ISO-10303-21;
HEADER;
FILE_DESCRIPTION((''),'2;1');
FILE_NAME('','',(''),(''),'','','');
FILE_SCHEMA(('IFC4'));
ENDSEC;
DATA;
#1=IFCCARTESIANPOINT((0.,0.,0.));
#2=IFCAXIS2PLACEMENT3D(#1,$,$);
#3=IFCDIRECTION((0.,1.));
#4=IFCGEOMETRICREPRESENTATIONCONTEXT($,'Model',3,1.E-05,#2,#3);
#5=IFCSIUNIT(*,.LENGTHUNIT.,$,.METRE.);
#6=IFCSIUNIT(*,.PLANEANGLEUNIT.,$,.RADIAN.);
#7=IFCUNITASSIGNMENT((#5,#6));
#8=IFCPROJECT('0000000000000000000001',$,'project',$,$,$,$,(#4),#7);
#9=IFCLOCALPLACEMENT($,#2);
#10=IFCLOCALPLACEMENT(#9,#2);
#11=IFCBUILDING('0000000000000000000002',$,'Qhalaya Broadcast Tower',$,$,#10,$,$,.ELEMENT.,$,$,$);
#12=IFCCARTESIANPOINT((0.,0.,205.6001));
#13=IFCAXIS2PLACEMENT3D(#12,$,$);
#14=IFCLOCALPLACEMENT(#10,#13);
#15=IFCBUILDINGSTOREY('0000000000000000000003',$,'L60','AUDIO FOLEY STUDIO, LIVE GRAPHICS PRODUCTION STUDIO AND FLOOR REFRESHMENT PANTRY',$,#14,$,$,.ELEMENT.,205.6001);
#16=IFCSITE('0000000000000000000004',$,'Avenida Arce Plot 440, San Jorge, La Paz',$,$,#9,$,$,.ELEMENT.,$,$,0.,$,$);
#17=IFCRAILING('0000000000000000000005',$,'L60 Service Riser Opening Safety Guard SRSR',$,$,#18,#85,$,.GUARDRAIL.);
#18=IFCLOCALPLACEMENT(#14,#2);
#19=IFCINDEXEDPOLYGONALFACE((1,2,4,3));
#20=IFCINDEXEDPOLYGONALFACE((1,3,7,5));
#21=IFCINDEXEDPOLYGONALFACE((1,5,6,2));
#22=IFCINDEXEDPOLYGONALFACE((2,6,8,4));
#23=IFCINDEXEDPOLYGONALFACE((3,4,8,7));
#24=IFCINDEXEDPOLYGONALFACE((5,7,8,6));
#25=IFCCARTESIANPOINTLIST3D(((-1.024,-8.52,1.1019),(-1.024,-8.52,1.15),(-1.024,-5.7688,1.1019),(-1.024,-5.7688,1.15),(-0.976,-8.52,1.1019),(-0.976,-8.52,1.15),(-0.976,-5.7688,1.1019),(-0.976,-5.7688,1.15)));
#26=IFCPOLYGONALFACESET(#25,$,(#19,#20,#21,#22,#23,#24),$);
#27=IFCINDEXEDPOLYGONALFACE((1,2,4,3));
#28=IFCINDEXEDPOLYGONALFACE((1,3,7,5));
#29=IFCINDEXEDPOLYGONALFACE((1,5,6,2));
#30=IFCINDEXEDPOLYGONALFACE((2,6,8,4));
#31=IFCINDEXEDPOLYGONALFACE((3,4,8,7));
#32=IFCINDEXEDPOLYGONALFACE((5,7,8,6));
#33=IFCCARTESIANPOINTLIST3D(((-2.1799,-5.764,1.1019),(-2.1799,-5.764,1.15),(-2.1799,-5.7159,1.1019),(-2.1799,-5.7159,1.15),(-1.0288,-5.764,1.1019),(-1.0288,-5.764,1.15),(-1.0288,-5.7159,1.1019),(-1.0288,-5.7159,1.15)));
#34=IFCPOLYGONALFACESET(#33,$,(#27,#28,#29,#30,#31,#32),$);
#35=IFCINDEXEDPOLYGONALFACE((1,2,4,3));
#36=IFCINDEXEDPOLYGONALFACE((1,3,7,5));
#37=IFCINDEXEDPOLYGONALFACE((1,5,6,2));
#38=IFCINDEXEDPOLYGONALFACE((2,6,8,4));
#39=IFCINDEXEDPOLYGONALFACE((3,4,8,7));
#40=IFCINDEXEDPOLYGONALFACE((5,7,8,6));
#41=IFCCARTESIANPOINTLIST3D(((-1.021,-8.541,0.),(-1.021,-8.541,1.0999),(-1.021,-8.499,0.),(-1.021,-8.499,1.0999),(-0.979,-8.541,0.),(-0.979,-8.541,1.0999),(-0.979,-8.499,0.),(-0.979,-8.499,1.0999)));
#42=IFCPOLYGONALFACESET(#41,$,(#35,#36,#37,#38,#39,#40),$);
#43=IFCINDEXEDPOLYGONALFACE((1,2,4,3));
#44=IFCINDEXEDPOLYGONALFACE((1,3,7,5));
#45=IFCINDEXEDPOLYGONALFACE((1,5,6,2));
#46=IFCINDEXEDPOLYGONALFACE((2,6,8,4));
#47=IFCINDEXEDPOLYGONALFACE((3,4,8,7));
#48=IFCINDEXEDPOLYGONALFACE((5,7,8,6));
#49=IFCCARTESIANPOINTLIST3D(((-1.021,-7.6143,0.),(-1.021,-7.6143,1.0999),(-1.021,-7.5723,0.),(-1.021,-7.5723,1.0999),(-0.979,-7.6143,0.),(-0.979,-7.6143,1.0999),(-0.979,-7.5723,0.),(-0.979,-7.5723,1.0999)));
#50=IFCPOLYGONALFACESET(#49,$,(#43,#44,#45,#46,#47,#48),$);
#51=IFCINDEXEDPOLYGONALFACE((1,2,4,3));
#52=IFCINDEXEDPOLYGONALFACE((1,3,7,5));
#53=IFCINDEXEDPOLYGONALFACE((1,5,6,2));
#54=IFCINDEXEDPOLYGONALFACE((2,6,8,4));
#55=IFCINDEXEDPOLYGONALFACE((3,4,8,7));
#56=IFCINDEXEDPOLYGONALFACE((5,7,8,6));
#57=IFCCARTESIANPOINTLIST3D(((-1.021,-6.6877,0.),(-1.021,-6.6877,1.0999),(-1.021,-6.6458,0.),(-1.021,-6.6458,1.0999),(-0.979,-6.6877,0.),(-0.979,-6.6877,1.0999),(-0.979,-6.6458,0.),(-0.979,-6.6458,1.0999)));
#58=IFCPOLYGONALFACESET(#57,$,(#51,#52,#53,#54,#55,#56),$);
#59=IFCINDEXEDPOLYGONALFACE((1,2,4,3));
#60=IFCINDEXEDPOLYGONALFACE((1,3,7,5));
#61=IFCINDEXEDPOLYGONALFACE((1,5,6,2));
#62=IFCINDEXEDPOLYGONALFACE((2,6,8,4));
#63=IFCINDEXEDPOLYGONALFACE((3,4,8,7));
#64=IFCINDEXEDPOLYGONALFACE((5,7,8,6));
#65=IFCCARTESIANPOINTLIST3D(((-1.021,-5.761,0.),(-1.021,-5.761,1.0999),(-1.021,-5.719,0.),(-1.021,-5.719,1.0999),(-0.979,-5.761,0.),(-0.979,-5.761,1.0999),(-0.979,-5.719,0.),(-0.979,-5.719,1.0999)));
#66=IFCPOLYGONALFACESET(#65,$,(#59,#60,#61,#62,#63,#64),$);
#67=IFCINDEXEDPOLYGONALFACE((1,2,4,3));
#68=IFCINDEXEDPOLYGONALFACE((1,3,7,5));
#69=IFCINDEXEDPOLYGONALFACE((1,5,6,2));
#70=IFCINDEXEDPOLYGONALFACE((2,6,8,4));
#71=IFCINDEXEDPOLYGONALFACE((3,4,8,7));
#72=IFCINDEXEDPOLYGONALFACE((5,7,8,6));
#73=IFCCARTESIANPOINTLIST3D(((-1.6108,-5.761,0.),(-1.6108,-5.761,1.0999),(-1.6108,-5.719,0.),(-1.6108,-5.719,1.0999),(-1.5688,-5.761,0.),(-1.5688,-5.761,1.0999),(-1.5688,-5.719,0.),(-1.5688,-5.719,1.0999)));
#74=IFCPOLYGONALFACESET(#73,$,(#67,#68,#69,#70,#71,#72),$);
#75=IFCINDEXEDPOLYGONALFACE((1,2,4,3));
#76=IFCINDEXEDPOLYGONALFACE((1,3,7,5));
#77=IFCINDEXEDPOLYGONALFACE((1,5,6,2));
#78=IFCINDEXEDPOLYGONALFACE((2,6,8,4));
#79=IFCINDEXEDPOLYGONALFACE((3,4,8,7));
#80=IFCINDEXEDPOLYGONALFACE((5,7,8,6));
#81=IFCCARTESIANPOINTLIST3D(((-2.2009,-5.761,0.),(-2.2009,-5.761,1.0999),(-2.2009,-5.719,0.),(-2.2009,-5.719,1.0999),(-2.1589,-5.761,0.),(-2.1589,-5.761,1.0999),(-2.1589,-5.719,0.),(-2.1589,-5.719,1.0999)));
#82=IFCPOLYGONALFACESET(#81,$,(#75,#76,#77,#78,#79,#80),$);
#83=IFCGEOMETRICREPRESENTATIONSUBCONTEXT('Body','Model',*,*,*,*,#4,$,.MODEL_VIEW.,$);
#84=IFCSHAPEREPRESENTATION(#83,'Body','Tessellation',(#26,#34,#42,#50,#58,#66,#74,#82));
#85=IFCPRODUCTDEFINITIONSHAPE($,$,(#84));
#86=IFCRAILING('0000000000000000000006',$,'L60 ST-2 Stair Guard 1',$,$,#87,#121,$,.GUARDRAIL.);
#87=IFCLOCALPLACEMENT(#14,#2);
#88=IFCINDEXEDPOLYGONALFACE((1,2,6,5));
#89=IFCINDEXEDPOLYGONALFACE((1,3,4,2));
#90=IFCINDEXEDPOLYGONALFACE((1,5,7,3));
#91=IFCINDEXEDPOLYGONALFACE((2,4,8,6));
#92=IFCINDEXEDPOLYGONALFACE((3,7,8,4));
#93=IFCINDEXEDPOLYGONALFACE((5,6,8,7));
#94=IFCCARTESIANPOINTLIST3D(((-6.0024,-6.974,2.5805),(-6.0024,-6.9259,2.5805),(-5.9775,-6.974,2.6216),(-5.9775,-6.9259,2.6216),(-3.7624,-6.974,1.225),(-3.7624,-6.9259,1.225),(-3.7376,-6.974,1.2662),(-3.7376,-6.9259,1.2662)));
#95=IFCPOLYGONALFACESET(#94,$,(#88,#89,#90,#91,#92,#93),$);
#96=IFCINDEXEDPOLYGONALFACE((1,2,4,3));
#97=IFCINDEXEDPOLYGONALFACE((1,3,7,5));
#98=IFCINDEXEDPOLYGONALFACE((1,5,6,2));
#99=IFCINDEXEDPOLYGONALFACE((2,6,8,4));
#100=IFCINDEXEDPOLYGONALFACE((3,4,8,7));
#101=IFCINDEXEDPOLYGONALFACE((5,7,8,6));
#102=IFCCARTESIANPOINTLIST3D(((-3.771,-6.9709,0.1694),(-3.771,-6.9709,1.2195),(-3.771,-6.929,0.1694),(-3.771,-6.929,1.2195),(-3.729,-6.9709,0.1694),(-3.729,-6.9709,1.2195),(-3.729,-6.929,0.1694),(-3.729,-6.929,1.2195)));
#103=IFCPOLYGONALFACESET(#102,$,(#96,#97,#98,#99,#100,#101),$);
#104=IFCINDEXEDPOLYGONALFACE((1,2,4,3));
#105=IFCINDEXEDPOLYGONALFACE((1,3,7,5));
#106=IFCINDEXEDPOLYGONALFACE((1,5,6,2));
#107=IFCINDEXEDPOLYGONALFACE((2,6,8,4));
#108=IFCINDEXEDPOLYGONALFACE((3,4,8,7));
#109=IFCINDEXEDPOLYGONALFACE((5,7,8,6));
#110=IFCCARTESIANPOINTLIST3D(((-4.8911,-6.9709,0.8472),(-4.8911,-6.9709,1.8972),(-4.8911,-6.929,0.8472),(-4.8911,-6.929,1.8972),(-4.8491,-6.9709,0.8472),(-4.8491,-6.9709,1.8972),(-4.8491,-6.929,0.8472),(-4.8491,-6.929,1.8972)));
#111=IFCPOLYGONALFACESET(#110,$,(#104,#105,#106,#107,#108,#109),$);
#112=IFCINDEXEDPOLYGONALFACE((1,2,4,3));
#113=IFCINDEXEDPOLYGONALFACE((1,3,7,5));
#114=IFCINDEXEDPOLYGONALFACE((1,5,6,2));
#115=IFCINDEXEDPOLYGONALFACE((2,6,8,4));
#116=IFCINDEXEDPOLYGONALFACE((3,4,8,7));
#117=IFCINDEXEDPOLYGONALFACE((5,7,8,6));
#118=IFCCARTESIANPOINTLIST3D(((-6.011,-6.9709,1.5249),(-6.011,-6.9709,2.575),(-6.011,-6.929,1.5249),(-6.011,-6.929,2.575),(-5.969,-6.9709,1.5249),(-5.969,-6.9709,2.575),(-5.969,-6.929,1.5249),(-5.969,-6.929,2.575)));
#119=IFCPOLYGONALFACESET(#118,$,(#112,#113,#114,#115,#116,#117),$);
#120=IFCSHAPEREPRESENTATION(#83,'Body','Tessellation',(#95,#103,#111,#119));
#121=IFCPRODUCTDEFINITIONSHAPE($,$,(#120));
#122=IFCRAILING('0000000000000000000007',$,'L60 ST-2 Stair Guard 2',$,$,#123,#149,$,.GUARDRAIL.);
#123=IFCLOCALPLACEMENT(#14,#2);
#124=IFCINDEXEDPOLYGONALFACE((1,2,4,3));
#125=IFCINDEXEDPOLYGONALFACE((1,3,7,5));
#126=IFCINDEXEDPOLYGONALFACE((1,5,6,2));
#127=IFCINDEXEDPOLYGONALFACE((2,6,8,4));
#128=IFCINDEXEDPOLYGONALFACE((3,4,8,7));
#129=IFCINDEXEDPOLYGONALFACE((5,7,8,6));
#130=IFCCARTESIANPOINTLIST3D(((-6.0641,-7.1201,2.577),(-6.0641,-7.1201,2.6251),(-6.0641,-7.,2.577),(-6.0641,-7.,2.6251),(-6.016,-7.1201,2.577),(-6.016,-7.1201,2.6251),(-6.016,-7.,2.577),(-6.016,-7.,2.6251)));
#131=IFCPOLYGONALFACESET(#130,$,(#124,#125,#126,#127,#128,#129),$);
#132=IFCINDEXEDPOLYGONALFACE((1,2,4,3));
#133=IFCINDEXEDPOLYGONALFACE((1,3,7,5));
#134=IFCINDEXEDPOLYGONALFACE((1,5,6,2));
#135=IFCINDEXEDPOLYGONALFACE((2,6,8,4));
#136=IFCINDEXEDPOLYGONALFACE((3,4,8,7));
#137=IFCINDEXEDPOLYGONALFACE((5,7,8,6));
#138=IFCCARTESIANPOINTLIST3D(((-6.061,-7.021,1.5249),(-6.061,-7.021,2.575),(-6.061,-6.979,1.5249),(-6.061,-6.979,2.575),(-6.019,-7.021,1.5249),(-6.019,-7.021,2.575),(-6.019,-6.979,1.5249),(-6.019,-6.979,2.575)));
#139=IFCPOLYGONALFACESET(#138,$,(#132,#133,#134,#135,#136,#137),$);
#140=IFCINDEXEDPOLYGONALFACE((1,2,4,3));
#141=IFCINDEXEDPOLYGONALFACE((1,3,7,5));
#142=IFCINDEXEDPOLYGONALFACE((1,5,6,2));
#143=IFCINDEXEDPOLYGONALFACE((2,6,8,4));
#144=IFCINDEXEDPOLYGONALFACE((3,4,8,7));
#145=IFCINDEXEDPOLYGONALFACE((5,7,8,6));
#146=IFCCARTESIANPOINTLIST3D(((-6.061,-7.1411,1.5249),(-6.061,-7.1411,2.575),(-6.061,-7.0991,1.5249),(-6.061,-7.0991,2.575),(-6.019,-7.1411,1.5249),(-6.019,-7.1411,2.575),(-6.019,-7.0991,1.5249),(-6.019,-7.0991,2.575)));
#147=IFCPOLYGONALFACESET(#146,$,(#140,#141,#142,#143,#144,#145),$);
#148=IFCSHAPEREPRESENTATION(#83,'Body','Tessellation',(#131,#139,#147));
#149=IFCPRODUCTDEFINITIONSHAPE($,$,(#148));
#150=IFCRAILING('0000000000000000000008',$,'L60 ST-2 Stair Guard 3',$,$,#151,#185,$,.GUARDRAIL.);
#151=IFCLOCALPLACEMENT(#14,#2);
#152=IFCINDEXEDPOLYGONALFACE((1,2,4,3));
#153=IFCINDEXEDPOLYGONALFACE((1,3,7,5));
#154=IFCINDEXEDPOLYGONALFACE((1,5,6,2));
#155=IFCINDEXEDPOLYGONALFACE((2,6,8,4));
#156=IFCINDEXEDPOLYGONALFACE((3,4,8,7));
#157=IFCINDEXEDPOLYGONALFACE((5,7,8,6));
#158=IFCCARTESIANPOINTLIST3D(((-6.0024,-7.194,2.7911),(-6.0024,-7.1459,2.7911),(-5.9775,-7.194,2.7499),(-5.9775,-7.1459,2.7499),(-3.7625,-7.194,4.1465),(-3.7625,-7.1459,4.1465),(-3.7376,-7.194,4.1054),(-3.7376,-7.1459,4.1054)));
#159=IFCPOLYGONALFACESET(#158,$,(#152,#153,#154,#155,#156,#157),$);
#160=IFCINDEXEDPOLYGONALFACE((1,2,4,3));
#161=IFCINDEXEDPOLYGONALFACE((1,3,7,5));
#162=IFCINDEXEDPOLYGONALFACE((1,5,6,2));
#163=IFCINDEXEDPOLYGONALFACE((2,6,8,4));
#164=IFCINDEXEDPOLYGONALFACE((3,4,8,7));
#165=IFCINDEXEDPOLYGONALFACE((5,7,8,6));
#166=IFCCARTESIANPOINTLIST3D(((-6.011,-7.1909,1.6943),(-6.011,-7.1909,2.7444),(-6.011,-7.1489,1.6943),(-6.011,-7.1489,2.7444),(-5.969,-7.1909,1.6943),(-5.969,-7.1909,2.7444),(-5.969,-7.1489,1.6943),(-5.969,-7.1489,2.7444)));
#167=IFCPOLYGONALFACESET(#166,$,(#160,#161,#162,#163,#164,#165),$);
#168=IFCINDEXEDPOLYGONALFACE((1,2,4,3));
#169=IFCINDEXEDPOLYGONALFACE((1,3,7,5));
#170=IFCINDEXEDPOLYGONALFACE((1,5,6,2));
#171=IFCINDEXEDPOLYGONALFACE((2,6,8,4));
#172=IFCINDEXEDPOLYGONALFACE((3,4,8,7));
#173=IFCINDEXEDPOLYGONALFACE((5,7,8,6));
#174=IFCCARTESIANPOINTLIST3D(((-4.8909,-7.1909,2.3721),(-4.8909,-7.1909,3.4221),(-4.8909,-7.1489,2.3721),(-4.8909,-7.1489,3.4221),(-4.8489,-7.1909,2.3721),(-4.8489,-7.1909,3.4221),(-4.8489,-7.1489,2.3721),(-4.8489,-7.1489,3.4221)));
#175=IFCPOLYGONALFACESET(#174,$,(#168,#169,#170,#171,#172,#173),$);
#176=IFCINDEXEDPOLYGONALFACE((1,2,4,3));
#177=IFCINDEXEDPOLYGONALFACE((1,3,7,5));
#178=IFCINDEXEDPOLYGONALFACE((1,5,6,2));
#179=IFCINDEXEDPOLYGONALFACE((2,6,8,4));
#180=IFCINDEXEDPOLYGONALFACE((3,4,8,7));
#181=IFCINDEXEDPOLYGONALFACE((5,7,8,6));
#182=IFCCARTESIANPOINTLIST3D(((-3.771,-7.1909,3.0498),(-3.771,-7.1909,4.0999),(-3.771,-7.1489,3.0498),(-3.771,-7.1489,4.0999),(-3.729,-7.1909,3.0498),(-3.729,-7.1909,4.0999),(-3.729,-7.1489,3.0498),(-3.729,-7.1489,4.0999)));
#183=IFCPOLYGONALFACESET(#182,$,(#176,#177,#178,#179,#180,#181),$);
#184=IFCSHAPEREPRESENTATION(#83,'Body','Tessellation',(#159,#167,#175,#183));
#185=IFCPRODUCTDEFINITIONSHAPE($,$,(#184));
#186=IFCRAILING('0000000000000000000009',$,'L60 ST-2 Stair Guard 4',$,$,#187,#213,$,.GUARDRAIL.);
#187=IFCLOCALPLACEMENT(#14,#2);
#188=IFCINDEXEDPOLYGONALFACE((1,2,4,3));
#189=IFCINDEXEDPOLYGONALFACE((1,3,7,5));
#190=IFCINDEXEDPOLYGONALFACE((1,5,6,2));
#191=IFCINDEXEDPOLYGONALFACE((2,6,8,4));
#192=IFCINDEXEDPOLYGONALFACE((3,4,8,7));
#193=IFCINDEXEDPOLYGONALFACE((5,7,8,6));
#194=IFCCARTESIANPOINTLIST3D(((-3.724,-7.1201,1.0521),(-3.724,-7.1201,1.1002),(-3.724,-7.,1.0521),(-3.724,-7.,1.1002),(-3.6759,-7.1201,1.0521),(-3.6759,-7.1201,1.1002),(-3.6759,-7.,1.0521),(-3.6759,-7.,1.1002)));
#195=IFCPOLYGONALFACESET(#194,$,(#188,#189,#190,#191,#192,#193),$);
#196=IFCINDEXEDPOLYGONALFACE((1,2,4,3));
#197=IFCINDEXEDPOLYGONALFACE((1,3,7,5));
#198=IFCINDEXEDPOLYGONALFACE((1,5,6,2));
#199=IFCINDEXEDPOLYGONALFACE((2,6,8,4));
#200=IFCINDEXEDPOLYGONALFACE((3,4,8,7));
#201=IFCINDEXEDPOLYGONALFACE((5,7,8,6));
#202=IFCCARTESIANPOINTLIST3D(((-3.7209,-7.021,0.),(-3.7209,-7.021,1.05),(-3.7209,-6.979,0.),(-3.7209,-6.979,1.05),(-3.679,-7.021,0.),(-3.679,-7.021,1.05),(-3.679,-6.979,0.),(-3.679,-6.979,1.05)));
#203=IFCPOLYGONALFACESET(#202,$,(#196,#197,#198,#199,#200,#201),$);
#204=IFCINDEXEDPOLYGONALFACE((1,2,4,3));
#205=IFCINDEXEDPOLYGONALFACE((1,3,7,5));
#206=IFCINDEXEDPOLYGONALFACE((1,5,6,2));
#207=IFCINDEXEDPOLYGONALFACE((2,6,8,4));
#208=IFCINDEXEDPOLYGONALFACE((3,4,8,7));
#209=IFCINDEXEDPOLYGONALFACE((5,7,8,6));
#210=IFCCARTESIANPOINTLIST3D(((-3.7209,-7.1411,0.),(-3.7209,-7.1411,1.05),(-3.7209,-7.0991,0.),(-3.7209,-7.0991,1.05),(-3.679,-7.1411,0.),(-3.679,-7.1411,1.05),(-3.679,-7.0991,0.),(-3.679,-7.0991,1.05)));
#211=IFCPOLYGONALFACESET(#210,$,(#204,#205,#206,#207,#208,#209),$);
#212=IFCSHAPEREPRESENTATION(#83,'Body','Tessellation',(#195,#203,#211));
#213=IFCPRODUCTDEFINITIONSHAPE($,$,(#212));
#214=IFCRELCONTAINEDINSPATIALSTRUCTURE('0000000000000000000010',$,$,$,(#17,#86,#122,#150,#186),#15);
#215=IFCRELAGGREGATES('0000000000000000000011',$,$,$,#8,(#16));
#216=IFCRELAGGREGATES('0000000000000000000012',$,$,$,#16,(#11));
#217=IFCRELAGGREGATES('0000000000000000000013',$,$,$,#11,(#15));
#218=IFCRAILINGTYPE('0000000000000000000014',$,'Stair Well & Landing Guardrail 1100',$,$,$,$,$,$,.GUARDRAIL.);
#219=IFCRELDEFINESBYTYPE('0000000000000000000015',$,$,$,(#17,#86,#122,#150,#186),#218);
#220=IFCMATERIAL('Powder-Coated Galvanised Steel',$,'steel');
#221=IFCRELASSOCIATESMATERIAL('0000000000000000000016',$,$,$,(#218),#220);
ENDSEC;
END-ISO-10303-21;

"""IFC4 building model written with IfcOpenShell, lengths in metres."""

from ifc_helpers import new_model, si_unit, direction, frame, origin, origin_2d, place, context, subcontext, project, spatial, rectangle, extrude, material, type_object, element, save


model = new_model("IFC4")

# Units and contexts
model_context = context("Model", 3, precision=1e-05, world=origin(), true_north=direction((0.0, 1.0)))
body_context = subcontext(model_context, "Body", "Model", "MODEL_VIEW")
ifc_project = project(units=[si_unit("LENGTHUNIT", "METRE"), si_unit("PLANEANGLEUNIT", "RADIAN")], contexts=[model_context])

# Site, building, storey
site_placement = place(None, origin())
site = spatial("IfcSite", under=ifc_project, at=site_placement, Name="Avenida Arce Plot 440, San Jorge, La Paz", CompositionType="ELEMENT", RefElevation=0.0)
building_placement = place(site_placement, origin())
building = spatial("IfcBuilding", under=site, at=building_placement, Name="Qhalaya Broadcast Tower", CompositionType="ELEMENT")
storey_placement = place(building_placement, frame((0.0, 0.0, 205.6001)))
storey = spatial("IfcBuildingStorey", under=building, at=storey_placement, Name="L60", Description="AUDIO FOLEY STUDIO, LIVE GRAPHICS PRODUCTION STUDIO AND FLOOR REFRESHMENT PANTRY", CompositionType="ELEMENT", Elevation=205.6001)

# Railings
ifc_material_1 = material(Name="Powder-Coated Galvanised Steel", Category="steel")
railing_type_1 = type_object("IfcRailingType", Name="Stair Well & Landing Guardrail 1100", PredefinedType="GUARDRAIL", material=ifc_material_1)
railing_1_placement = place(storey_placement, frame((-1.0, -8.52, 0.0)))
element("IfcRailing", 1, at=railing_1_placement, inside=storey, type_object=railing_type_1, Name="L60 Service Riser Opening Safety Guard SRSR", PredefinedType="GUARDRAIL", context=body_context, shape_type="SweptSolid", body=[
    extrude(rectangle(XDim=0.0481, YDim=0.0481, at=origin_2d()), frame((0.0, 0.0, 1.126), z_axis=(0.0, 1.0, 0.0), x_axis=(-1.0, 0.0, 0.0)), (0.0, 0.0, 1.0), 2.7512),
    extrude(rectangle(XDim=0.0481, YDim=0.0481, at=origin_2d()), frame((-0.0288, 2.78, 1.126), z_axis=(-1.0, 0.0, 0.0), x_axis=(0.0, -1.0, 0.0)), (0.0, 0.0, 1.0), 1.1511),
    extrude(rectangle(XDim=0.042, YDim=0.042, at=origin_2d()), origin(), (0.0, 0.0, 1.0), 1.0999),
    extrude(rectangle(XDim=0.042, YDim=0.042, at=origin_2d()), frame((0.0, 0.9268, 0.0)), (0.0, 0.0, 1.0), 1.0999),
    extrude(rectangle(XDim=0.042, YDim=0.042, at=origin_2d()), frame((0.0, 1.8533, 0.0)), (0.0, 0.0, 1.0), 1.0999),
    extrude(rectangle(XDim=0.042, YDim=0.042, at=origin_2d()), frame((0.0, 2.78, 0.0)), (0.0, 0.0, 1.0), 1.0999),
    extrude(rectangle(XDim=0.042, YDim=0.042, at=origin_2d()), frame((-0.5898, 2.78, 0.0)), (0.0, 0.0, 1.0), 1.0999),
    extrude(rectangle(XDim=0.042, YDim=0.042, at=origin_2d()), frame((-1.1799, 2.78, 0.0)), (0.0, 0.0, 1.0), 1.0999),
])
railing_2_placement = place(storey_placement, frame((-3.75, -6.95, 0.1694)))
element("IfcRailing", 2, at=railing_2_placement, inside=storey, type_object=railing_type_1, Name="L60 ST-2 Stair Guard 1", PredefinedType="GUARDRAIL", context=body_context, shape_type="SweptSolid", body=[
    extrude(rectangle(XDim=0.0481, YDim=0.0481, at=origin_2d()), frame((0.0, 0.0, 1.0762), z_axis=(-0.855553, 0.0, 0.517715), x_axis=(0.0, -1.0, 0.0)), (0.0, 0.0, 1.0), 2.6182),
    extrude(rectangle(XDim=0.042, YDim=0.042, at=origin_2d()), origin(), (0.0, 0.0, 1.0), 1.05),
    extrude(rectangle(XDim=0.042, YDim=0.042, at=origin_2d()), frame((-1.1201, 0.0, 0.6777)), (0.0, 0.0, 1.0), 1.05),
    extrude(rectangle(XDim=0.042, YDim=0.042, at=origin_2d()), frame((-2.24, 0.0, 1.3555)), (0.0, 0.0, 1.0), 1.05),
])
railing_3_placement = place(storey_placement, frame((-6.04, -7.0, 1.5249)))
element("IfcRailing", 3, at=railing_3_placement, inside=storey, type_object=railing_type_1, Name="L60 ST-2 Stair Guard 2", PredefinedType="GUARDRAIL", context=body_context, shape_type="SweptSolid", body=[
    extrude(rectangle(XDim=0.0481, YDim=0.0481, at=origin_2d()), frame((0.0, 0.0, 1.0762), z_axis=(0.0, -1.0, 0.0), x_axis=(1.0, 0.0, 0.0)), (0.0, 0.0, 1.0), 0.1201),
    extrude(rectangle(XDim=0.042, YDim=0.042, at=origin_2d()), origin(), (0.0, 0.0, 1.0), 1.05),
    extrude(rectangle(XDim=0.042, YDim=0.042, at=origin_2d()), frame((0.0, -0.1201, 0.0)), (0.0, 0.0, 1.0), 1.05),
])
railing_4_placement = place(storey_placement, frame((-5.99, -7.1699, 1.6943)))
element("IfcRailing", 4, at=railing_4_placement, inside=storey, type_object=railing_type_1, Name="L60 ST-2 Stair Guard 3", PredefinedType="GUARDRAIL", context=body_context, shape_type="SweptSolid", body=[
    extrude(rectangle(XDim=0.0481, YDim=0.0481, at=origin_2d()), frame((0.0, 0.0, 1.0762), z_axis=(0.855553, 0.0, 0.517715), x_axis=(0.0, 1.0, 0.0)), (0.0, 0.0, 1.0), 2.6182),
    extrude(rectangle(XDim=0.042, YDim=0.042, at=origin_2d()), origin(), (0.0, 0.0, 1.0), 1.05),
    extrude(rectangle(XDim=0.042, YDim=0.042, at=origin_2d()), frame((1.1201, 0.0, 0.6777)), (0.0, 0.0, 1.0), 1.05),
    extrude(rectangle(XDim=0.042, YDim=0.042, at=origin_2d()), frame((2.24, 0.0, 1.3555)), (0.0, 0.0, 1.0), 1.05),
])
railing_5_placement = place(storey_placement, frame((-3.7, -7.0, 0.0)))
element("IfcRailing", 5, at=railing_5_placement, inside=storey, type_object=railing_type_1, Name="L60 ST-2 Stair Guard 4", PredefinedType="GUARDRAIL", context=body_context, shape_type="SweptSolid", body=[
    extrude(rectangle(XDim=0.0481, YDim=0.0481, at=origin_2d()), frame((0.0, 0.0, 1.0762), z_axis=(0.0, -1.0, 0.0), x_axis=(1.0, 0.0, 0.0)), (0.0, 0.0, 1.0), 0.1201),
    extrude(rectangle(XDim=0.042, YDim=0.042, at=origin_2d()), origin(), (0.0, 0.0, 1.0), 1.05),
    extrude(rectangle(XDim=0.042, YDim=0.042, at=origin_2d()), frame((0.0, -0.1201, 0.0)), (0.0, 0.0, 1.0), 1.05),
])

save(model, "model.ifc")
